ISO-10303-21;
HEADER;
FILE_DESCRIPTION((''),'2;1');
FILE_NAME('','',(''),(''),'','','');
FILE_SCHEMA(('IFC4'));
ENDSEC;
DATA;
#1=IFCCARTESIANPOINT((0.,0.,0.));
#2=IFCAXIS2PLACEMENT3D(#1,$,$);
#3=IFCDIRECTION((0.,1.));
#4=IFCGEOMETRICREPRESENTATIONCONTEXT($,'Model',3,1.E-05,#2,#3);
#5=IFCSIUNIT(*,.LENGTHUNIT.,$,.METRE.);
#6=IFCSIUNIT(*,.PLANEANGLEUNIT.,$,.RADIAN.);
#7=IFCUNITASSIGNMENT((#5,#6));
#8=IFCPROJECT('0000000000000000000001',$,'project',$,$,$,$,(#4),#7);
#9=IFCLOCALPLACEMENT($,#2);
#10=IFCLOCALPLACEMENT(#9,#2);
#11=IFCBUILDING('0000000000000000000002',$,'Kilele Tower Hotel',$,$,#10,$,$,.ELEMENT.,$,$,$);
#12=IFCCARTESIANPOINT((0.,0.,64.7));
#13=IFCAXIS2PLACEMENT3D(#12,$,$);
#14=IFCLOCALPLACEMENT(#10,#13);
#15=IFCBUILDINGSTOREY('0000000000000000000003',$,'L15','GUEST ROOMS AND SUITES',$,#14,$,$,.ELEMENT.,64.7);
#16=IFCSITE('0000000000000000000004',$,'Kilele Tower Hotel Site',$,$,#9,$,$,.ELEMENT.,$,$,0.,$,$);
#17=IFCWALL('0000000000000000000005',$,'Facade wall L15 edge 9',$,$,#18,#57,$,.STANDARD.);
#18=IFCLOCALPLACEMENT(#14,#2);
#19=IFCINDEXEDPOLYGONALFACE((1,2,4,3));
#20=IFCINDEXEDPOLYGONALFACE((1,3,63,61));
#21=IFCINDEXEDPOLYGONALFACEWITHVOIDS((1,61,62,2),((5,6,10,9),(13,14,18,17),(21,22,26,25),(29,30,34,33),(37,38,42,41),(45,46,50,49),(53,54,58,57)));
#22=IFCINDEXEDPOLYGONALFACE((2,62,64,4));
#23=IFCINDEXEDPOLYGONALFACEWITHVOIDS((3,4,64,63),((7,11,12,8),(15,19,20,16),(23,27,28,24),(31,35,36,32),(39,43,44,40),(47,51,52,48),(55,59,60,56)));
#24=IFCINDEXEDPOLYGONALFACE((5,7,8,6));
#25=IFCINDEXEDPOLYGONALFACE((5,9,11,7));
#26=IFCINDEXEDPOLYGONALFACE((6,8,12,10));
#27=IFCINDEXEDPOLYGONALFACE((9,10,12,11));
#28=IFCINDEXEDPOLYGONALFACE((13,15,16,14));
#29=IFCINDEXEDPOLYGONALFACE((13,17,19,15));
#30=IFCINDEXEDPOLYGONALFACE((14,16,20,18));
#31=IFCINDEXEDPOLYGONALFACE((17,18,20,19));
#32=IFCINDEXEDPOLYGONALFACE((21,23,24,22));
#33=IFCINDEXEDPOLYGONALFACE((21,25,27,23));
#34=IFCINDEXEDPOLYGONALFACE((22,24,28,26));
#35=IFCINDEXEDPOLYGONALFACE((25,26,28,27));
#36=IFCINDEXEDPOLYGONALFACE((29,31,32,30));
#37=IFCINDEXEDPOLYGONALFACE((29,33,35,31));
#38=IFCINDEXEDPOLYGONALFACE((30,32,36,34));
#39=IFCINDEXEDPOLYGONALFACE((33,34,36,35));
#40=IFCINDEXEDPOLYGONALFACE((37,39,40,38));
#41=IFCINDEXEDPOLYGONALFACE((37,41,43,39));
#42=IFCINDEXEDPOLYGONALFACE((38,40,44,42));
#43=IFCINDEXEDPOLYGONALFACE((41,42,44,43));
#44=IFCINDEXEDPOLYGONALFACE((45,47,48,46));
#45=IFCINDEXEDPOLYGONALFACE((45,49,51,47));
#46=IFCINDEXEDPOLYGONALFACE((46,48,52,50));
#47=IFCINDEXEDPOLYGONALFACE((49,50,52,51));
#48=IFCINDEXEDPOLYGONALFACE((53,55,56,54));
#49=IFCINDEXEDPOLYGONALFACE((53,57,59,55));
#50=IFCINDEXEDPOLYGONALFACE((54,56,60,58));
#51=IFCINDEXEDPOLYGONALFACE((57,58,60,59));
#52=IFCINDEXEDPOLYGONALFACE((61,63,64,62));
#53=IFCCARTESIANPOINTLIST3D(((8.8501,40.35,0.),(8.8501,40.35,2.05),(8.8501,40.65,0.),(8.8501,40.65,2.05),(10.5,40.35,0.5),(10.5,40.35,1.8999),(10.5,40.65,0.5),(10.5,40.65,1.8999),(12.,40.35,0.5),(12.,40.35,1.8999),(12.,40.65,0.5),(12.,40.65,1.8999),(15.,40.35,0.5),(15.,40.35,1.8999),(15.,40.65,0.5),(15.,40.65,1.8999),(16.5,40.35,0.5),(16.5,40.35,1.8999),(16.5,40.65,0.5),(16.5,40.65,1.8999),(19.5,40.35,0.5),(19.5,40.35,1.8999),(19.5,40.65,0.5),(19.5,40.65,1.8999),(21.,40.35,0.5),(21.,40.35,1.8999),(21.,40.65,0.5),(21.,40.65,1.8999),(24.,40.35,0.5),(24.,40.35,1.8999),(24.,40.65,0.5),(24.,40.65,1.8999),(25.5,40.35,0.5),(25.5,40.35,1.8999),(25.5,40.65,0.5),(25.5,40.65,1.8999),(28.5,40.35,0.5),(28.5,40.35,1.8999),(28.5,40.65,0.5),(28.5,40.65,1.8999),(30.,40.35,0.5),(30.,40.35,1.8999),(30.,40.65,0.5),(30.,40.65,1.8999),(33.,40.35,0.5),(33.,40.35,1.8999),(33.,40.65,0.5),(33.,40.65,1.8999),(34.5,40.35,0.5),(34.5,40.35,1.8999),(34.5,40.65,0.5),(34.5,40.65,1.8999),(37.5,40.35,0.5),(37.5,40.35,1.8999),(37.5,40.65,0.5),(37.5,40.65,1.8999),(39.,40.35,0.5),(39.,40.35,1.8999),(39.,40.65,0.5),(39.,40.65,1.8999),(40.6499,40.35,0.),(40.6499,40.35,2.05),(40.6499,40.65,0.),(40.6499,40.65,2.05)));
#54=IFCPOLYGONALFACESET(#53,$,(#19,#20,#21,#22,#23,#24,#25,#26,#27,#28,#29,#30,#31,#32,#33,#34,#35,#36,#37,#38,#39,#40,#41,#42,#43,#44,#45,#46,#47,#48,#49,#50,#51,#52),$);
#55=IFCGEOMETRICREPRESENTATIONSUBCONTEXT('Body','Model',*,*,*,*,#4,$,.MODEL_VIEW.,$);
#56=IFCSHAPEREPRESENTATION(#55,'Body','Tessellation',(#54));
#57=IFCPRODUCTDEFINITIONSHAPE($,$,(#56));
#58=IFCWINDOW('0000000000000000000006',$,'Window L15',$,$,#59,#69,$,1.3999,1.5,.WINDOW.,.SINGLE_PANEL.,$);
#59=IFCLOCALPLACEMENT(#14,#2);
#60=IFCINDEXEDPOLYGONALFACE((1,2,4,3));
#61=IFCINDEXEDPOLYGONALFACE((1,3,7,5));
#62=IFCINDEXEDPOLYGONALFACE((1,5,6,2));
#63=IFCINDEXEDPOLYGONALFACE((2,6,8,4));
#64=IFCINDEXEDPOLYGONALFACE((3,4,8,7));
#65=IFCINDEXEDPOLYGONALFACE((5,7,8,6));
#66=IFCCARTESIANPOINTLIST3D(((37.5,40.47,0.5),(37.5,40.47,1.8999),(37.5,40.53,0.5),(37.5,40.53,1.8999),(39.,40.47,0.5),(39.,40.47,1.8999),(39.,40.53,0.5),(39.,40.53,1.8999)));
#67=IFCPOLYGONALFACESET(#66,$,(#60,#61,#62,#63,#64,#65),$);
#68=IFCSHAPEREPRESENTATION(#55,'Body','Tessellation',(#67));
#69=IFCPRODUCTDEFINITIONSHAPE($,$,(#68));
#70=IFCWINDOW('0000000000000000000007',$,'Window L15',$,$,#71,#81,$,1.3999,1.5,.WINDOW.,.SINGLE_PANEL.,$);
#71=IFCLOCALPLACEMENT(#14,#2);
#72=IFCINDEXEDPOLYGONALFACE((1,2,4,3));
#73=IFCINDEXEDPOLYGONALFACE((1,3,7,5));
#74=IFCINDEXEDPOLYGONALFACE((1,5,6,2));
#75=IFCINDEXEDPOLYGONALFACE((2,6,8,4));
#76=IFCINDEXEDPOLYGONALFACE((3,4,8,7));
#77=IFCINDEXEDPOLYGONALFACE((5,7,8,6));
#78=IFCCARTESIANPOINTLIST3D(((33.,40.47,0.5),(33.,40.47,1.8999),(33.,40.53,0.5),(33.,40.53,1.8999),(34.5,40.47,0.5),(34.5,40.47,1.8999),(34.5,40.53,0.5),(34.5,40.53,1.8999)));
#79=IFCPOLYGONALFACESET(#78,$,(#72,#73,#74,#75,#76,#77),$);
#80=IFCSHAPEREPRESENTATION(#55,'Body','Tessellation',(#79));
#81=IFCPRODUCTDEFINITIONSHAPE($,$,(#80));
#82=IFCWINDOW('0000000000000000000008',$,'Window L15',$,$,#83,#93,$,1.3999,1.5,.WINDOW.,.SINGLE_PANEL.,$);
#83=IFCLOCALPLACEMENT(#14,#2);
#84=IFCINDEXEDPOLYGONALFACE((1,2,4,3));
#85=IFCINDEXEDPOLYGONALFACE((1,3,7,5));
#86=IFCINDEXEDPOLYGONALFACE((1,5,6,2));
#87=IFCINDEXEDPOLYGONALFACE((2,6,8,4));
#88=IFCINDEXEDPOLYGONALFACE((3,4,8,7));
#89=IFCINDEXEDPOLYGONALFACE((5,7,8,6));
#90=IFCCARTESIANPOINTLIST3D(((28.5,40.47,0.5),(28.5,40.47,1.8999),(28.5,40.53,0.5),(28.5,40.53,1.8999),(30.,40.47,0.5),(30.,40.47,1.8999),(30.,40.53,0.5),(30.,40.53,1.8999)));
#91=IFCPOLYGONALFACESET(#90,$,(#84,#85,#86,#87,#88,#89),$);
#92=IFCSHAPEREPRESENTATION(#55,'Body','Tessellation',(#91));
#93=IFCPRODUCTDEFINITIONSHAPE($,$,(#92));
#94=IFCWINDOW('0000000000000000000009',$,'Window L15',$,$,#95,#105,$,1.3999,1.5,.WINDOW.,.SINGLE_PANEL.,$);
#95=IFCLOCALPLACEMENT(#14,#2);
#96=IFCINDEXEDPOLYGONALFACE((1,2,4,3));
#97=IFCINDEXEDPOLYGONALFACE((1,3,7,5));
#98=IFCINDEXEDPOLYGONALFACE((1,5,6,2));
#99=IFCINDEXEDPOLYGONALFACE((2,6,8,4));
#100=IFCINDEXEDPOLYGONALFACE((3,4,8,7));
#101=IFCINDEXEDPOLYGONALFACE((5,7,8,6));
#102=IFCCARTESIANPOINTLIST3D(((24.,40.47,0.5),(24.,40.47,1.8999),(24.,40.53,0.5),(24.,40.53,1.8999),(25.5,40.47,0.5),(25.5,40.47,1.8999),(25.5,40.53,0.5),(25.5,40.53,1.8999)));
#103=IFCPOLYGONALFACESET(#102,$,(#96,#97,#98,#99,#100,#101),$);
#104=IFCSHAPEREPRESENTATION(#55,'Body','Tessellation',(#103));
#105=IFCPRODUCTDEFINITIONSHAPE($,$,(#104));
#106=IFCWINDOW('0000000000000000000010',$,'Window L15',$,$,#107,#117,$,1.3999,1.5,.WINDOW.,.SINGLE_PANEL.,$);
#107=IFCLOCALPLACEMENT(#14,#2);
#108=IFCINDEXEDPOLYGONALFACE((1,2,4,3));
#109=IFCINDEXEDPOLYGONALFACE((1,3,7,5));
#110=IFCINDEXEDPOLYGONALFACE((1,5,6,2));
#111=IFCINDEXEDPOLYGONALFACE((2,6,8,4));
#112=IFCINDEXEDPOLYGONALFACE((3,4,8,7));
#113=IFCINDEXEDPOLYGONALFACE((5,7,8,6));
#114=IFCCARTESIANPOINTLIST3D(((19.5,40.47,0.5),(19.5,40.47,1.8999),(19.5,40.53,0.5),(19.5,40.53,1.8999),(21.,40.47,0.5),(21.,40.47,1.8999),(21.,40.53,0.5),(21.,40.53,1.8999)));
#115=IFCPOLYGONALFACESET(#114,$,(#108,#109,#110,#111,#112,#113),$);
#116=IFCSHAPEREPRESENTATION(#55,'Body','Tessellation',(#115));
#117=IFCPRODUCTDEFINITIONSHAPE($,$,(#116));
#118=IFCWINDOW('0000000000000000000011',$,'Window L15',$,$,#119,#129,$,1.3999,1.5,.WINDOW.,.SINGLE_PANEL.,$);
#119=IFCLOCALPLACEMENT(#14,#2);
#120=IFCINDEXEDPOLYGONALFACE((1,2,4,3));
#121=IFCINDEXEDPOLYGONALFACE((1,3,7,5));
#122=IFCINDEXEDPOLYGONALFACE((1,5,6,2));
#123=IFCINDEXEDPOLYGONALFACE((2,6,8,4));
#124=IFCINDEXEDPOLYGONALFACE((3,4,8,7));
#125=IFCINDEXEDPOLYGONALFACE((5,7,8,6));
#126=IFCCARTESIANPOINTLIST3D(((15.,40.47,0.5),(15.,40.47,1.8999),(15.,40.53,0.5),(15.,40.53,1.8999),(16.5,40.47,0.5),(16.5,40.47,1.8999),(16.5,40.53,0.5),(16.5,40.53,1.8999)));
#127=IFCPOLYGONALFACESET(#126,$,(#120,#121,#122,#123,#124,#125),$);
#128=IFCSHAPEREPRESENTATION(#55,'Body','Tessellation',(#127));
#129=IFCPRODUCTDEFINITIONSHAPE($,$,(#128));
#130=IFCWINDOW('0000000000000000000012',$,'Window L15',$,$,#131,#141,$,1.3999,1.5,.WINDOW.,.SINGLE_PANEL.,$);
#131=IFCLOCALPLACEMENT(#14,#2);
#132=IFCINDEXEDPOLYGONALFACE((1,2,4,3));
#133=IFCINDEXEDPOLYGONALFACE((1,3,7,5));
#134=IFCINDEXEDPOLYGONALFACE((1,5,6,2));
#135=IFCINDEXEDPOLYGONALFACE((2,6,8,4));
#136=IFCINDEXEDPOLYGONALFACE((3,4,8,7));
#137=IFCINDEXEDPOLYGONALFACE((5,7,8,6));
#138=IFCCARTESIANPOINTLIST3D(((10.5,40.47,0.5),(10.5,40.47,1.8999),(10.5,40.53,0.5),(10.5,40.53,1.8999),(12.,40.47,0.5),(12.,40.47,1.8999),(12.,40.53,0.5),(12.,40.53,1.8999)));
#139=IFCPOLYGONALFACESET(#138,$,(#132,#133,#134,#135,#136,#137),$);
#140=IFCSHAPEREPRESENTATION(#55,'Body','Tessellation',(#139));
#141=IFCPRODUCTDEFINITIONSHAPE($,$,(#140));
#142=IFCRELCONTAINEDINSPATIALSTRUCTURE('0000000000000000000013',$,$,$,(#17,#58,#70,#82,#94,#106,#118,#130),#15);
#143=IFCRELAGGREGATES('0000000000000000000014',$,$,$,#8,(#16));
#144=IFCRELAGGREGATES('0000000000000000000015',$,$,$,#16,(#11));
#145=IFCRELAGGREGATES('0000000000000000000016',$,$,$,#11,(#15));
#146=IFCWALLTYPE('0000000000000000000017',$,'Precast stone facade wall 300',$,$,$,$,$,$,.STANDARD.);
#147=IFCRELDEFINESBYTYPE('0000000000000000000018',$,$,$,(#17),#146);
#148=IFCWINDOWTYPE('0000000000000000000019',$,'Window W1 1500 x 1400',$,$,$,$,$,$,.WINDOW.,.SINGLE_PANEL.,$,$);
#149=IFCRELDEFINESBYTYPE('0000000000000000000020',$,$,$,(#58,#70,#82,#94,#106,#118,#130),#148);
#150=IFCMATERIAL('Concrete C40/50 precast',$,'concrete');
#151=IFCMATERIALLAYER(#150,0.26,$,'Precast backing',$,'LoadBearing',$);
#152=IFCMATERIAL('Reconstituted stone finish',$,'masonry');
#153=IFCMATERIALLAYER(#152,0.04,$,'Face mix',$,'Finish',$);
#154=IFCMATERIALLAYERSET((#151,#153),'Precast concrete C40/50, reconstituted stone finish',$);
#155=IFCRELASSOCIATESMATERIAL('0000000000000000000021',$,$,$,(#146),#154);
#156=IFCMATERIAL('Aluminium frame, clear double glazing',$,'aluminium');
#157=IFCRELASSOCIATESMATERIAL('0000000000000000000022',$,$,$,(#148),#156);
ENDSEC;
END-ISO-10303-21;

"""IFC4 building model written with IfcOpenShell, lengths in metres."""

from ifc_helpers import new_model, si_unit, direction, frame, frame_2d, origin, place, context, subcontext, project, spatial, rectangle, extrude, material, layer, layer_set, type_object, element, fill, save


model = new_model("IFC4")

# Units and contexts
model_context = context("Model", 3, precision=1e-05, world=origin(), true_north=direction((0.0, 1.0)))
body_context = subcontext(model_context, "Body", "Model", "MODEL_VIEW")
ifc_project = project(units=[si_unit("LENGTHUNIT", "METRE"), si_unit("PLANEANGLEUNIT", "RADIAN")], contexts=[model_context])

# Site, building, storey
site_placement = place(None, origin())
site = spatial("IfcSite", under=ifc_project, at=site_placement, Name="Kilele Tower Hotel Site", CompositionType="ELEMENT", RefElevation=0.0)
building_placement = place(site_placement, origin())
building = spatial("IfcBuilding", under=site, at=building_placement, Name="Kilele Tower Hotel", CompositionType="ELEMENT")
storey_placement = place(building_placement, frame((0.0, 0.0, 64.7)))
storey = spatial("IfcBuildingStorey", under=building, at=storey_placement, Name="L15", Description="GUEST ROOMS AND SUITES", CompositionType="ELEMENT", Elevation=64.7)

# Shared definitions
ifc_material_1 = material(Name="Concrete C40/50 precast", Category="concrete")
ifc_layer_1 = layer(ifc_material_1, 0.26, Name="Precast backing", Category="LoadBearing")
ifc_material_2 = material(Name="Reconstituted stone finish", Category="masonry")
ifc_layer_2 = layer(ifc_material_2, 0.04, Name="Face mix", Category="Finish")
ifc_layer_set_1 = layer_set([ifc_layer_1, ifc_layer_2], Name="Precast concrete C40/50, reconstituted stone finish")
wall_type_1 = type_object("IfcWallType", Name="Precast stone facade wall 300", PredefinedType="STANDARD", material=ifc_layer_set_1)
ifc_material_3 = material(Name="Aluminium frame, clear double glazing", Category="aluminium")
window_type_1 = type_object("IfcWindowType", Name="Window W1 1500 x 1400", PartitioningType="SINGLE_PANEL", PredefinedType="WINDOW", material=ifc_material_3)

# Wall, openings, windows
wall_1_placement = place(storey_placement, frame((40.6499, 40.5, 0.0), z_axis=(0.0, 0.0, 1.0), x_axis=(-1.0, 0.0, 0.0)))
wall_1 = element("IfcWall", 1, at=wall_1_placement, inside=storey, type_object=wall_type_1, Name="Facade wall L15 edge 9", PredefinedType="STANDARD", context=body_context, shape_type="SweptSolid", body=[
    extrude(rectangle(XDim=31.7998, YDim=0.3, at=frame_2d((15.8999, 0.0))), origin(), (0.0, 0.0, 1.0), 2.05),
])
opening_1_placement = place(wall_1_placement, frame((1.6499, 0.0, 0.5)))
opening_1 = element("IfcOpeningElement", 2, at=opening_1_placement, cuts=wall_1, PredefinedType="OPENING", context=body_context, shape_type="SweptSolid", body=[
    extrude(rectangle(XDim=1.5, YDim=1.3999, at=frame_2d((0.75, 0.7))), frame((0.0, 0.1599, 0.0), z_axis=(0.0, -1.0, 0.0), x_axis=(1.0, 0.0, 0.0)), (0.0, 0.0, 1.0), 0.3201),
])
opening_2_placement = place(wall_1_placement, frame((6.1499, 0.0, 0.5)))
opening_2 = element("IfcOpeningElement", 3, at=opening_2_placement, cuts=wall_1, PredefinedType="OPENING", context=body_context, shape_type="SweptSolid", body=[
    extrude(rectangle(XDim=1.5, YDim=1.3999, at=frame_2d((0.75, 0.7))), frame((0.0, 0.1599, 0.0), z_axis=(0.0, -1.0, 0.0), x_axis=(1.0, 0.0, 0.0)), (0.0, 0.0, 1.0), 0.3201),
])
opening_3_placement = place(wall_1_placement, frame((10.6499, 0.0, 0.5)))
opening_3 = element("IfcOpeningElement", 4, at=opening_3_placement, cuts=wall_1, PredefinedType="OPENING", context=body_context, shape_type="SweptSolid", body=[
    extrude(rectangle(XDim=1.5, YDim=1.3999, at=frame_2d((0.75, 0.7))), frame((0.0, 0.1599, 0.0), z_axis=(0.0, -1.0, 0.0), x_axis=(1.0, 0.0, 0.0)), (0.0, 0.0, 1.0), 0.3201),
])
opening_4_placement = place(wall_1_placement, frame((15.1499, 0.0, 0.5)))
opening_4 = element("IfcOpeningElement", 5, at=opening_4_placement, cuts=wall_1, PredefinedType="OPENING", context=body_context, shape_type="SweptSolid", body=[
    extrude(rectangle(XDim=1.5, YDim=1.3999, at=frame_2d((0.75, 0.7))), frame((0.0, 0.1599, 0.0), z_axis=(0.0, -1.0, 0.0), x_axis=(1.0, 0.0, 0.0)), (0.0, 0.0, 1.0), 0.3201),
])
opening_5_placement = place(wall_1_placement, frame((19.6499, 0.0, 0.5)))
opening_5 = element("IfcOpeningElement", 6, at=opening_5_placement, cuts=wall_1, PredefinedType="OPENING", context=body_context, shape_type="SweptSolid", body=[
    extrude(rectangle(XDim=1.5, YDim=1.3999, at=frame_2d((0.75, 0.7))), frame((0.0, 0.1599, 0.0), z_axis=(0.0, -1.0, 0.0), x_axis=(1.0, 0.0, 0.0)), (0.0, 0.0, 1.0), 0.3201),
])
opening_6_placement = place(wall_1_placement, frame((24.1499, 0.0, 0.5)))
opening_6 = element("IfcOpeningElement", 7, at=opening_6_placement, cuts=wall_1, PredefinedType="OPENING", context=body_context, shape_type="SweptSolid", body=[
    extrude(rectangle(XDim=1.5, YDim=1.3999, at=frame_2d((0.75, 0.7))), frame((0.0, 0.1599, 0.0), z_axis=(0.0, -1.0, 0.0), x_axis=(1.0, 0.0, 0.0)), (0.0, 0.0, 1.0), 0.3201),
])
opening_7_placement = place(wall_1_placement, frame((28.6499, 0.0, 0.5)))
opening_7 = element("IfcOpeningElement", 8, at=opening_7_placement, cuts=wall_1, PredefinedType="OPENING", context=body_context, shape_type="SweptSolid", body=[
    extrude(rectangle(XDim=1.5, YDim=1.3999, at=frame_2d((0.75, 0.7))), frame((0.0, 0.1599, 0.0), z_axis=(0.0, -1.0, 0.0), x_axis=(1.0, 0.0, 0.0)), (0.0, 0.0, 1.0), 0.3201),
])
window_1_placement = place(opening_1_placement, origin())
window_1 = element("IfcWindow", 9, at=window_1_placement, inside=storey, type_object=window_type_1, Name="Window L15", OverallHeight=1.3999, OverallWidth=1.5, PartitioningType="SINGLE_PANEL", PredefinedType="WINDOW", context=body_context, shape_type="SweptSolid", body=[
    extrude(rectangle(XDim=1.5, YDim=1.3999, at=frame_2d((0.75, 0.7))), frame((0.0, 0.03, 0.0), z_axis=(0.0, -1.0, 0.0), x_axis=(1.0, 0.0, 0.0)), (0.0, 0.0, 1.0), 0.0601),
])
fill(opening_1, window_1)
window_2_placement = place(opening_2_placement, origin())
window_2 = element("IfcWindow", 10, at=window_2_placement, inside=storey, type_object=window_type_1, Name="Window L15", OverallHeight=1.3999, OverallWidth=1.5, PartitioningType="SINGLE_PANEL", PredefinedType="WINDOW", context=body_context, shape_type="SweptSolid", body=[
    extrude(rectangle(XDim=1.5, YDim=1.3999, at=frame_2d((0.75, 0.7))), frame((0.0, 0.03, 0.0), z_axis=(0.0, -1.0, 0.0), x_axis=(1.0, 0.0, 0.0)), (0.0, 0.0, 1.0), 0.0601),
])
fill(opening_2, window_2)
window_3_placement = place(opening_3_placement, origin())
window_3 = element("IfcWindow", 11, at=window_3_placement, inside=storey, type_object=window_type_1, Name="Window L15", OverallHeight=1.3999, OverallWidth=1.5, PartitioningType="SINGLE_PANEL", PredefinedType="WINDOW", context=body_context, shape_type="SweptSolid", body=[
    extrude(rectangle(XDim=1.5, YDim=1.3999, at=frame_2d((0.75, 0.7))), frame((0.0, 0.03, 0.0), z_axis=(0.0, -1.0, 0.0), x_axis=(1.0, 0.0, 0.0)), (0.0, 0.0, 1.0), 0.0601),
])
fill(opening_3, window_3)
window_4_placement = place(opening_4_placement, origin())
window_4 = element("IfcWindow", 12, at=window_4_placement, inside=storey, type_object=window_type_1, Name="Window L15", OverallHeight=1.3999, OverallWidth=1.5, PartitioningType="SINGLE_PANEL", PredefinedType="WINDOW", context=body_context, shape_type="SweptSolid", body=[
    extrude(rectangle(XDim=1.5, YDim=1.3999, at=frame_2d((0.75, 0.7))), frame((0.0, 0.03, 0.0), z_axis=(0.0, -1.0, 0.0), x_axis=(1.0, 0.0, 0.0)), (0.0, 0.0, 1.0), 0.0601),
])
fill(opening_4, window_4)
window_5_placement = place(opening_5_placement, origin())
window_5 = element("IfcWindow", 13, at=window_5_placement, inside=storey, type_object=window_type_1, Name="Window L15", OverallHeight=1.3999, OverallWidth=1.5, PartitioningType="SINGLE_PANEL", PredefinedType="WINDOW", context=body_context, shape_type="SweptSolid", body=[
    extrude(rectangle(XDim=1.5, YDim=1.3999, at=frame_2d((0.75, 0.7))), frame((0.0, 0.03, 0.0), z_axis=(0.0, -1.0, 0.0), x_axis=(1.0, 0.0, 0.0)), (0.0, 0.0, 1.0), 0.0601),
])
fill(opening_5, window_5)
window_6_placement = place(opening_6_placement, origin())
window_6 = element("IfcWindow", 14, at=window_6_placement, inside=storey, type_object=window_type_1, Name="Window L15", OverallHeight=1.3999, OverallWidth=1.5, PartitioningType="SINGLE_PANEL", PredefinedType="WINDOW", context=body_context, shape_type="SweptSolid", body=[
    extrude(rectangle(XDim=1.5, YDim=1.3999, at=frame_2d((0.75, 0.7))), frame((0.0, 0.03, 0.0), z_axis=(0.0, -1.0, 0.0), x_axis=(1.0, 0.0, 0.0)), (0.0, 0.0, 1.0), 0.0601),
])
fill(opening_6, window_6)
window_7_placement = place(opening_7_placement, origin())
window_7 = element("IfcWindow", 15, at=window_7_placement, inside=storey, type_object=window_type_1, Name="Window L15", OverallHeight=1.3999, OverallWidth=1.5, PartitioningType="SINGLE_PANEL", PredefinedType="WINDOW", context=body_context, shape_type="SweptSolid", body=[
    extrude(rectangle(XDim=1.5, YDim=1.3999, at=frame_2d((0.75, 0.7))), frame((0.0, 0.03, 0.0), z_axis=(0.0, -1.0, 0.0), x_axis=(1.0, 0.0, 0.0)), (0.0, 0.0, 1.0), 0.0601),
])
fill(opening_7, window_7)

save(model, "model.ifc")
